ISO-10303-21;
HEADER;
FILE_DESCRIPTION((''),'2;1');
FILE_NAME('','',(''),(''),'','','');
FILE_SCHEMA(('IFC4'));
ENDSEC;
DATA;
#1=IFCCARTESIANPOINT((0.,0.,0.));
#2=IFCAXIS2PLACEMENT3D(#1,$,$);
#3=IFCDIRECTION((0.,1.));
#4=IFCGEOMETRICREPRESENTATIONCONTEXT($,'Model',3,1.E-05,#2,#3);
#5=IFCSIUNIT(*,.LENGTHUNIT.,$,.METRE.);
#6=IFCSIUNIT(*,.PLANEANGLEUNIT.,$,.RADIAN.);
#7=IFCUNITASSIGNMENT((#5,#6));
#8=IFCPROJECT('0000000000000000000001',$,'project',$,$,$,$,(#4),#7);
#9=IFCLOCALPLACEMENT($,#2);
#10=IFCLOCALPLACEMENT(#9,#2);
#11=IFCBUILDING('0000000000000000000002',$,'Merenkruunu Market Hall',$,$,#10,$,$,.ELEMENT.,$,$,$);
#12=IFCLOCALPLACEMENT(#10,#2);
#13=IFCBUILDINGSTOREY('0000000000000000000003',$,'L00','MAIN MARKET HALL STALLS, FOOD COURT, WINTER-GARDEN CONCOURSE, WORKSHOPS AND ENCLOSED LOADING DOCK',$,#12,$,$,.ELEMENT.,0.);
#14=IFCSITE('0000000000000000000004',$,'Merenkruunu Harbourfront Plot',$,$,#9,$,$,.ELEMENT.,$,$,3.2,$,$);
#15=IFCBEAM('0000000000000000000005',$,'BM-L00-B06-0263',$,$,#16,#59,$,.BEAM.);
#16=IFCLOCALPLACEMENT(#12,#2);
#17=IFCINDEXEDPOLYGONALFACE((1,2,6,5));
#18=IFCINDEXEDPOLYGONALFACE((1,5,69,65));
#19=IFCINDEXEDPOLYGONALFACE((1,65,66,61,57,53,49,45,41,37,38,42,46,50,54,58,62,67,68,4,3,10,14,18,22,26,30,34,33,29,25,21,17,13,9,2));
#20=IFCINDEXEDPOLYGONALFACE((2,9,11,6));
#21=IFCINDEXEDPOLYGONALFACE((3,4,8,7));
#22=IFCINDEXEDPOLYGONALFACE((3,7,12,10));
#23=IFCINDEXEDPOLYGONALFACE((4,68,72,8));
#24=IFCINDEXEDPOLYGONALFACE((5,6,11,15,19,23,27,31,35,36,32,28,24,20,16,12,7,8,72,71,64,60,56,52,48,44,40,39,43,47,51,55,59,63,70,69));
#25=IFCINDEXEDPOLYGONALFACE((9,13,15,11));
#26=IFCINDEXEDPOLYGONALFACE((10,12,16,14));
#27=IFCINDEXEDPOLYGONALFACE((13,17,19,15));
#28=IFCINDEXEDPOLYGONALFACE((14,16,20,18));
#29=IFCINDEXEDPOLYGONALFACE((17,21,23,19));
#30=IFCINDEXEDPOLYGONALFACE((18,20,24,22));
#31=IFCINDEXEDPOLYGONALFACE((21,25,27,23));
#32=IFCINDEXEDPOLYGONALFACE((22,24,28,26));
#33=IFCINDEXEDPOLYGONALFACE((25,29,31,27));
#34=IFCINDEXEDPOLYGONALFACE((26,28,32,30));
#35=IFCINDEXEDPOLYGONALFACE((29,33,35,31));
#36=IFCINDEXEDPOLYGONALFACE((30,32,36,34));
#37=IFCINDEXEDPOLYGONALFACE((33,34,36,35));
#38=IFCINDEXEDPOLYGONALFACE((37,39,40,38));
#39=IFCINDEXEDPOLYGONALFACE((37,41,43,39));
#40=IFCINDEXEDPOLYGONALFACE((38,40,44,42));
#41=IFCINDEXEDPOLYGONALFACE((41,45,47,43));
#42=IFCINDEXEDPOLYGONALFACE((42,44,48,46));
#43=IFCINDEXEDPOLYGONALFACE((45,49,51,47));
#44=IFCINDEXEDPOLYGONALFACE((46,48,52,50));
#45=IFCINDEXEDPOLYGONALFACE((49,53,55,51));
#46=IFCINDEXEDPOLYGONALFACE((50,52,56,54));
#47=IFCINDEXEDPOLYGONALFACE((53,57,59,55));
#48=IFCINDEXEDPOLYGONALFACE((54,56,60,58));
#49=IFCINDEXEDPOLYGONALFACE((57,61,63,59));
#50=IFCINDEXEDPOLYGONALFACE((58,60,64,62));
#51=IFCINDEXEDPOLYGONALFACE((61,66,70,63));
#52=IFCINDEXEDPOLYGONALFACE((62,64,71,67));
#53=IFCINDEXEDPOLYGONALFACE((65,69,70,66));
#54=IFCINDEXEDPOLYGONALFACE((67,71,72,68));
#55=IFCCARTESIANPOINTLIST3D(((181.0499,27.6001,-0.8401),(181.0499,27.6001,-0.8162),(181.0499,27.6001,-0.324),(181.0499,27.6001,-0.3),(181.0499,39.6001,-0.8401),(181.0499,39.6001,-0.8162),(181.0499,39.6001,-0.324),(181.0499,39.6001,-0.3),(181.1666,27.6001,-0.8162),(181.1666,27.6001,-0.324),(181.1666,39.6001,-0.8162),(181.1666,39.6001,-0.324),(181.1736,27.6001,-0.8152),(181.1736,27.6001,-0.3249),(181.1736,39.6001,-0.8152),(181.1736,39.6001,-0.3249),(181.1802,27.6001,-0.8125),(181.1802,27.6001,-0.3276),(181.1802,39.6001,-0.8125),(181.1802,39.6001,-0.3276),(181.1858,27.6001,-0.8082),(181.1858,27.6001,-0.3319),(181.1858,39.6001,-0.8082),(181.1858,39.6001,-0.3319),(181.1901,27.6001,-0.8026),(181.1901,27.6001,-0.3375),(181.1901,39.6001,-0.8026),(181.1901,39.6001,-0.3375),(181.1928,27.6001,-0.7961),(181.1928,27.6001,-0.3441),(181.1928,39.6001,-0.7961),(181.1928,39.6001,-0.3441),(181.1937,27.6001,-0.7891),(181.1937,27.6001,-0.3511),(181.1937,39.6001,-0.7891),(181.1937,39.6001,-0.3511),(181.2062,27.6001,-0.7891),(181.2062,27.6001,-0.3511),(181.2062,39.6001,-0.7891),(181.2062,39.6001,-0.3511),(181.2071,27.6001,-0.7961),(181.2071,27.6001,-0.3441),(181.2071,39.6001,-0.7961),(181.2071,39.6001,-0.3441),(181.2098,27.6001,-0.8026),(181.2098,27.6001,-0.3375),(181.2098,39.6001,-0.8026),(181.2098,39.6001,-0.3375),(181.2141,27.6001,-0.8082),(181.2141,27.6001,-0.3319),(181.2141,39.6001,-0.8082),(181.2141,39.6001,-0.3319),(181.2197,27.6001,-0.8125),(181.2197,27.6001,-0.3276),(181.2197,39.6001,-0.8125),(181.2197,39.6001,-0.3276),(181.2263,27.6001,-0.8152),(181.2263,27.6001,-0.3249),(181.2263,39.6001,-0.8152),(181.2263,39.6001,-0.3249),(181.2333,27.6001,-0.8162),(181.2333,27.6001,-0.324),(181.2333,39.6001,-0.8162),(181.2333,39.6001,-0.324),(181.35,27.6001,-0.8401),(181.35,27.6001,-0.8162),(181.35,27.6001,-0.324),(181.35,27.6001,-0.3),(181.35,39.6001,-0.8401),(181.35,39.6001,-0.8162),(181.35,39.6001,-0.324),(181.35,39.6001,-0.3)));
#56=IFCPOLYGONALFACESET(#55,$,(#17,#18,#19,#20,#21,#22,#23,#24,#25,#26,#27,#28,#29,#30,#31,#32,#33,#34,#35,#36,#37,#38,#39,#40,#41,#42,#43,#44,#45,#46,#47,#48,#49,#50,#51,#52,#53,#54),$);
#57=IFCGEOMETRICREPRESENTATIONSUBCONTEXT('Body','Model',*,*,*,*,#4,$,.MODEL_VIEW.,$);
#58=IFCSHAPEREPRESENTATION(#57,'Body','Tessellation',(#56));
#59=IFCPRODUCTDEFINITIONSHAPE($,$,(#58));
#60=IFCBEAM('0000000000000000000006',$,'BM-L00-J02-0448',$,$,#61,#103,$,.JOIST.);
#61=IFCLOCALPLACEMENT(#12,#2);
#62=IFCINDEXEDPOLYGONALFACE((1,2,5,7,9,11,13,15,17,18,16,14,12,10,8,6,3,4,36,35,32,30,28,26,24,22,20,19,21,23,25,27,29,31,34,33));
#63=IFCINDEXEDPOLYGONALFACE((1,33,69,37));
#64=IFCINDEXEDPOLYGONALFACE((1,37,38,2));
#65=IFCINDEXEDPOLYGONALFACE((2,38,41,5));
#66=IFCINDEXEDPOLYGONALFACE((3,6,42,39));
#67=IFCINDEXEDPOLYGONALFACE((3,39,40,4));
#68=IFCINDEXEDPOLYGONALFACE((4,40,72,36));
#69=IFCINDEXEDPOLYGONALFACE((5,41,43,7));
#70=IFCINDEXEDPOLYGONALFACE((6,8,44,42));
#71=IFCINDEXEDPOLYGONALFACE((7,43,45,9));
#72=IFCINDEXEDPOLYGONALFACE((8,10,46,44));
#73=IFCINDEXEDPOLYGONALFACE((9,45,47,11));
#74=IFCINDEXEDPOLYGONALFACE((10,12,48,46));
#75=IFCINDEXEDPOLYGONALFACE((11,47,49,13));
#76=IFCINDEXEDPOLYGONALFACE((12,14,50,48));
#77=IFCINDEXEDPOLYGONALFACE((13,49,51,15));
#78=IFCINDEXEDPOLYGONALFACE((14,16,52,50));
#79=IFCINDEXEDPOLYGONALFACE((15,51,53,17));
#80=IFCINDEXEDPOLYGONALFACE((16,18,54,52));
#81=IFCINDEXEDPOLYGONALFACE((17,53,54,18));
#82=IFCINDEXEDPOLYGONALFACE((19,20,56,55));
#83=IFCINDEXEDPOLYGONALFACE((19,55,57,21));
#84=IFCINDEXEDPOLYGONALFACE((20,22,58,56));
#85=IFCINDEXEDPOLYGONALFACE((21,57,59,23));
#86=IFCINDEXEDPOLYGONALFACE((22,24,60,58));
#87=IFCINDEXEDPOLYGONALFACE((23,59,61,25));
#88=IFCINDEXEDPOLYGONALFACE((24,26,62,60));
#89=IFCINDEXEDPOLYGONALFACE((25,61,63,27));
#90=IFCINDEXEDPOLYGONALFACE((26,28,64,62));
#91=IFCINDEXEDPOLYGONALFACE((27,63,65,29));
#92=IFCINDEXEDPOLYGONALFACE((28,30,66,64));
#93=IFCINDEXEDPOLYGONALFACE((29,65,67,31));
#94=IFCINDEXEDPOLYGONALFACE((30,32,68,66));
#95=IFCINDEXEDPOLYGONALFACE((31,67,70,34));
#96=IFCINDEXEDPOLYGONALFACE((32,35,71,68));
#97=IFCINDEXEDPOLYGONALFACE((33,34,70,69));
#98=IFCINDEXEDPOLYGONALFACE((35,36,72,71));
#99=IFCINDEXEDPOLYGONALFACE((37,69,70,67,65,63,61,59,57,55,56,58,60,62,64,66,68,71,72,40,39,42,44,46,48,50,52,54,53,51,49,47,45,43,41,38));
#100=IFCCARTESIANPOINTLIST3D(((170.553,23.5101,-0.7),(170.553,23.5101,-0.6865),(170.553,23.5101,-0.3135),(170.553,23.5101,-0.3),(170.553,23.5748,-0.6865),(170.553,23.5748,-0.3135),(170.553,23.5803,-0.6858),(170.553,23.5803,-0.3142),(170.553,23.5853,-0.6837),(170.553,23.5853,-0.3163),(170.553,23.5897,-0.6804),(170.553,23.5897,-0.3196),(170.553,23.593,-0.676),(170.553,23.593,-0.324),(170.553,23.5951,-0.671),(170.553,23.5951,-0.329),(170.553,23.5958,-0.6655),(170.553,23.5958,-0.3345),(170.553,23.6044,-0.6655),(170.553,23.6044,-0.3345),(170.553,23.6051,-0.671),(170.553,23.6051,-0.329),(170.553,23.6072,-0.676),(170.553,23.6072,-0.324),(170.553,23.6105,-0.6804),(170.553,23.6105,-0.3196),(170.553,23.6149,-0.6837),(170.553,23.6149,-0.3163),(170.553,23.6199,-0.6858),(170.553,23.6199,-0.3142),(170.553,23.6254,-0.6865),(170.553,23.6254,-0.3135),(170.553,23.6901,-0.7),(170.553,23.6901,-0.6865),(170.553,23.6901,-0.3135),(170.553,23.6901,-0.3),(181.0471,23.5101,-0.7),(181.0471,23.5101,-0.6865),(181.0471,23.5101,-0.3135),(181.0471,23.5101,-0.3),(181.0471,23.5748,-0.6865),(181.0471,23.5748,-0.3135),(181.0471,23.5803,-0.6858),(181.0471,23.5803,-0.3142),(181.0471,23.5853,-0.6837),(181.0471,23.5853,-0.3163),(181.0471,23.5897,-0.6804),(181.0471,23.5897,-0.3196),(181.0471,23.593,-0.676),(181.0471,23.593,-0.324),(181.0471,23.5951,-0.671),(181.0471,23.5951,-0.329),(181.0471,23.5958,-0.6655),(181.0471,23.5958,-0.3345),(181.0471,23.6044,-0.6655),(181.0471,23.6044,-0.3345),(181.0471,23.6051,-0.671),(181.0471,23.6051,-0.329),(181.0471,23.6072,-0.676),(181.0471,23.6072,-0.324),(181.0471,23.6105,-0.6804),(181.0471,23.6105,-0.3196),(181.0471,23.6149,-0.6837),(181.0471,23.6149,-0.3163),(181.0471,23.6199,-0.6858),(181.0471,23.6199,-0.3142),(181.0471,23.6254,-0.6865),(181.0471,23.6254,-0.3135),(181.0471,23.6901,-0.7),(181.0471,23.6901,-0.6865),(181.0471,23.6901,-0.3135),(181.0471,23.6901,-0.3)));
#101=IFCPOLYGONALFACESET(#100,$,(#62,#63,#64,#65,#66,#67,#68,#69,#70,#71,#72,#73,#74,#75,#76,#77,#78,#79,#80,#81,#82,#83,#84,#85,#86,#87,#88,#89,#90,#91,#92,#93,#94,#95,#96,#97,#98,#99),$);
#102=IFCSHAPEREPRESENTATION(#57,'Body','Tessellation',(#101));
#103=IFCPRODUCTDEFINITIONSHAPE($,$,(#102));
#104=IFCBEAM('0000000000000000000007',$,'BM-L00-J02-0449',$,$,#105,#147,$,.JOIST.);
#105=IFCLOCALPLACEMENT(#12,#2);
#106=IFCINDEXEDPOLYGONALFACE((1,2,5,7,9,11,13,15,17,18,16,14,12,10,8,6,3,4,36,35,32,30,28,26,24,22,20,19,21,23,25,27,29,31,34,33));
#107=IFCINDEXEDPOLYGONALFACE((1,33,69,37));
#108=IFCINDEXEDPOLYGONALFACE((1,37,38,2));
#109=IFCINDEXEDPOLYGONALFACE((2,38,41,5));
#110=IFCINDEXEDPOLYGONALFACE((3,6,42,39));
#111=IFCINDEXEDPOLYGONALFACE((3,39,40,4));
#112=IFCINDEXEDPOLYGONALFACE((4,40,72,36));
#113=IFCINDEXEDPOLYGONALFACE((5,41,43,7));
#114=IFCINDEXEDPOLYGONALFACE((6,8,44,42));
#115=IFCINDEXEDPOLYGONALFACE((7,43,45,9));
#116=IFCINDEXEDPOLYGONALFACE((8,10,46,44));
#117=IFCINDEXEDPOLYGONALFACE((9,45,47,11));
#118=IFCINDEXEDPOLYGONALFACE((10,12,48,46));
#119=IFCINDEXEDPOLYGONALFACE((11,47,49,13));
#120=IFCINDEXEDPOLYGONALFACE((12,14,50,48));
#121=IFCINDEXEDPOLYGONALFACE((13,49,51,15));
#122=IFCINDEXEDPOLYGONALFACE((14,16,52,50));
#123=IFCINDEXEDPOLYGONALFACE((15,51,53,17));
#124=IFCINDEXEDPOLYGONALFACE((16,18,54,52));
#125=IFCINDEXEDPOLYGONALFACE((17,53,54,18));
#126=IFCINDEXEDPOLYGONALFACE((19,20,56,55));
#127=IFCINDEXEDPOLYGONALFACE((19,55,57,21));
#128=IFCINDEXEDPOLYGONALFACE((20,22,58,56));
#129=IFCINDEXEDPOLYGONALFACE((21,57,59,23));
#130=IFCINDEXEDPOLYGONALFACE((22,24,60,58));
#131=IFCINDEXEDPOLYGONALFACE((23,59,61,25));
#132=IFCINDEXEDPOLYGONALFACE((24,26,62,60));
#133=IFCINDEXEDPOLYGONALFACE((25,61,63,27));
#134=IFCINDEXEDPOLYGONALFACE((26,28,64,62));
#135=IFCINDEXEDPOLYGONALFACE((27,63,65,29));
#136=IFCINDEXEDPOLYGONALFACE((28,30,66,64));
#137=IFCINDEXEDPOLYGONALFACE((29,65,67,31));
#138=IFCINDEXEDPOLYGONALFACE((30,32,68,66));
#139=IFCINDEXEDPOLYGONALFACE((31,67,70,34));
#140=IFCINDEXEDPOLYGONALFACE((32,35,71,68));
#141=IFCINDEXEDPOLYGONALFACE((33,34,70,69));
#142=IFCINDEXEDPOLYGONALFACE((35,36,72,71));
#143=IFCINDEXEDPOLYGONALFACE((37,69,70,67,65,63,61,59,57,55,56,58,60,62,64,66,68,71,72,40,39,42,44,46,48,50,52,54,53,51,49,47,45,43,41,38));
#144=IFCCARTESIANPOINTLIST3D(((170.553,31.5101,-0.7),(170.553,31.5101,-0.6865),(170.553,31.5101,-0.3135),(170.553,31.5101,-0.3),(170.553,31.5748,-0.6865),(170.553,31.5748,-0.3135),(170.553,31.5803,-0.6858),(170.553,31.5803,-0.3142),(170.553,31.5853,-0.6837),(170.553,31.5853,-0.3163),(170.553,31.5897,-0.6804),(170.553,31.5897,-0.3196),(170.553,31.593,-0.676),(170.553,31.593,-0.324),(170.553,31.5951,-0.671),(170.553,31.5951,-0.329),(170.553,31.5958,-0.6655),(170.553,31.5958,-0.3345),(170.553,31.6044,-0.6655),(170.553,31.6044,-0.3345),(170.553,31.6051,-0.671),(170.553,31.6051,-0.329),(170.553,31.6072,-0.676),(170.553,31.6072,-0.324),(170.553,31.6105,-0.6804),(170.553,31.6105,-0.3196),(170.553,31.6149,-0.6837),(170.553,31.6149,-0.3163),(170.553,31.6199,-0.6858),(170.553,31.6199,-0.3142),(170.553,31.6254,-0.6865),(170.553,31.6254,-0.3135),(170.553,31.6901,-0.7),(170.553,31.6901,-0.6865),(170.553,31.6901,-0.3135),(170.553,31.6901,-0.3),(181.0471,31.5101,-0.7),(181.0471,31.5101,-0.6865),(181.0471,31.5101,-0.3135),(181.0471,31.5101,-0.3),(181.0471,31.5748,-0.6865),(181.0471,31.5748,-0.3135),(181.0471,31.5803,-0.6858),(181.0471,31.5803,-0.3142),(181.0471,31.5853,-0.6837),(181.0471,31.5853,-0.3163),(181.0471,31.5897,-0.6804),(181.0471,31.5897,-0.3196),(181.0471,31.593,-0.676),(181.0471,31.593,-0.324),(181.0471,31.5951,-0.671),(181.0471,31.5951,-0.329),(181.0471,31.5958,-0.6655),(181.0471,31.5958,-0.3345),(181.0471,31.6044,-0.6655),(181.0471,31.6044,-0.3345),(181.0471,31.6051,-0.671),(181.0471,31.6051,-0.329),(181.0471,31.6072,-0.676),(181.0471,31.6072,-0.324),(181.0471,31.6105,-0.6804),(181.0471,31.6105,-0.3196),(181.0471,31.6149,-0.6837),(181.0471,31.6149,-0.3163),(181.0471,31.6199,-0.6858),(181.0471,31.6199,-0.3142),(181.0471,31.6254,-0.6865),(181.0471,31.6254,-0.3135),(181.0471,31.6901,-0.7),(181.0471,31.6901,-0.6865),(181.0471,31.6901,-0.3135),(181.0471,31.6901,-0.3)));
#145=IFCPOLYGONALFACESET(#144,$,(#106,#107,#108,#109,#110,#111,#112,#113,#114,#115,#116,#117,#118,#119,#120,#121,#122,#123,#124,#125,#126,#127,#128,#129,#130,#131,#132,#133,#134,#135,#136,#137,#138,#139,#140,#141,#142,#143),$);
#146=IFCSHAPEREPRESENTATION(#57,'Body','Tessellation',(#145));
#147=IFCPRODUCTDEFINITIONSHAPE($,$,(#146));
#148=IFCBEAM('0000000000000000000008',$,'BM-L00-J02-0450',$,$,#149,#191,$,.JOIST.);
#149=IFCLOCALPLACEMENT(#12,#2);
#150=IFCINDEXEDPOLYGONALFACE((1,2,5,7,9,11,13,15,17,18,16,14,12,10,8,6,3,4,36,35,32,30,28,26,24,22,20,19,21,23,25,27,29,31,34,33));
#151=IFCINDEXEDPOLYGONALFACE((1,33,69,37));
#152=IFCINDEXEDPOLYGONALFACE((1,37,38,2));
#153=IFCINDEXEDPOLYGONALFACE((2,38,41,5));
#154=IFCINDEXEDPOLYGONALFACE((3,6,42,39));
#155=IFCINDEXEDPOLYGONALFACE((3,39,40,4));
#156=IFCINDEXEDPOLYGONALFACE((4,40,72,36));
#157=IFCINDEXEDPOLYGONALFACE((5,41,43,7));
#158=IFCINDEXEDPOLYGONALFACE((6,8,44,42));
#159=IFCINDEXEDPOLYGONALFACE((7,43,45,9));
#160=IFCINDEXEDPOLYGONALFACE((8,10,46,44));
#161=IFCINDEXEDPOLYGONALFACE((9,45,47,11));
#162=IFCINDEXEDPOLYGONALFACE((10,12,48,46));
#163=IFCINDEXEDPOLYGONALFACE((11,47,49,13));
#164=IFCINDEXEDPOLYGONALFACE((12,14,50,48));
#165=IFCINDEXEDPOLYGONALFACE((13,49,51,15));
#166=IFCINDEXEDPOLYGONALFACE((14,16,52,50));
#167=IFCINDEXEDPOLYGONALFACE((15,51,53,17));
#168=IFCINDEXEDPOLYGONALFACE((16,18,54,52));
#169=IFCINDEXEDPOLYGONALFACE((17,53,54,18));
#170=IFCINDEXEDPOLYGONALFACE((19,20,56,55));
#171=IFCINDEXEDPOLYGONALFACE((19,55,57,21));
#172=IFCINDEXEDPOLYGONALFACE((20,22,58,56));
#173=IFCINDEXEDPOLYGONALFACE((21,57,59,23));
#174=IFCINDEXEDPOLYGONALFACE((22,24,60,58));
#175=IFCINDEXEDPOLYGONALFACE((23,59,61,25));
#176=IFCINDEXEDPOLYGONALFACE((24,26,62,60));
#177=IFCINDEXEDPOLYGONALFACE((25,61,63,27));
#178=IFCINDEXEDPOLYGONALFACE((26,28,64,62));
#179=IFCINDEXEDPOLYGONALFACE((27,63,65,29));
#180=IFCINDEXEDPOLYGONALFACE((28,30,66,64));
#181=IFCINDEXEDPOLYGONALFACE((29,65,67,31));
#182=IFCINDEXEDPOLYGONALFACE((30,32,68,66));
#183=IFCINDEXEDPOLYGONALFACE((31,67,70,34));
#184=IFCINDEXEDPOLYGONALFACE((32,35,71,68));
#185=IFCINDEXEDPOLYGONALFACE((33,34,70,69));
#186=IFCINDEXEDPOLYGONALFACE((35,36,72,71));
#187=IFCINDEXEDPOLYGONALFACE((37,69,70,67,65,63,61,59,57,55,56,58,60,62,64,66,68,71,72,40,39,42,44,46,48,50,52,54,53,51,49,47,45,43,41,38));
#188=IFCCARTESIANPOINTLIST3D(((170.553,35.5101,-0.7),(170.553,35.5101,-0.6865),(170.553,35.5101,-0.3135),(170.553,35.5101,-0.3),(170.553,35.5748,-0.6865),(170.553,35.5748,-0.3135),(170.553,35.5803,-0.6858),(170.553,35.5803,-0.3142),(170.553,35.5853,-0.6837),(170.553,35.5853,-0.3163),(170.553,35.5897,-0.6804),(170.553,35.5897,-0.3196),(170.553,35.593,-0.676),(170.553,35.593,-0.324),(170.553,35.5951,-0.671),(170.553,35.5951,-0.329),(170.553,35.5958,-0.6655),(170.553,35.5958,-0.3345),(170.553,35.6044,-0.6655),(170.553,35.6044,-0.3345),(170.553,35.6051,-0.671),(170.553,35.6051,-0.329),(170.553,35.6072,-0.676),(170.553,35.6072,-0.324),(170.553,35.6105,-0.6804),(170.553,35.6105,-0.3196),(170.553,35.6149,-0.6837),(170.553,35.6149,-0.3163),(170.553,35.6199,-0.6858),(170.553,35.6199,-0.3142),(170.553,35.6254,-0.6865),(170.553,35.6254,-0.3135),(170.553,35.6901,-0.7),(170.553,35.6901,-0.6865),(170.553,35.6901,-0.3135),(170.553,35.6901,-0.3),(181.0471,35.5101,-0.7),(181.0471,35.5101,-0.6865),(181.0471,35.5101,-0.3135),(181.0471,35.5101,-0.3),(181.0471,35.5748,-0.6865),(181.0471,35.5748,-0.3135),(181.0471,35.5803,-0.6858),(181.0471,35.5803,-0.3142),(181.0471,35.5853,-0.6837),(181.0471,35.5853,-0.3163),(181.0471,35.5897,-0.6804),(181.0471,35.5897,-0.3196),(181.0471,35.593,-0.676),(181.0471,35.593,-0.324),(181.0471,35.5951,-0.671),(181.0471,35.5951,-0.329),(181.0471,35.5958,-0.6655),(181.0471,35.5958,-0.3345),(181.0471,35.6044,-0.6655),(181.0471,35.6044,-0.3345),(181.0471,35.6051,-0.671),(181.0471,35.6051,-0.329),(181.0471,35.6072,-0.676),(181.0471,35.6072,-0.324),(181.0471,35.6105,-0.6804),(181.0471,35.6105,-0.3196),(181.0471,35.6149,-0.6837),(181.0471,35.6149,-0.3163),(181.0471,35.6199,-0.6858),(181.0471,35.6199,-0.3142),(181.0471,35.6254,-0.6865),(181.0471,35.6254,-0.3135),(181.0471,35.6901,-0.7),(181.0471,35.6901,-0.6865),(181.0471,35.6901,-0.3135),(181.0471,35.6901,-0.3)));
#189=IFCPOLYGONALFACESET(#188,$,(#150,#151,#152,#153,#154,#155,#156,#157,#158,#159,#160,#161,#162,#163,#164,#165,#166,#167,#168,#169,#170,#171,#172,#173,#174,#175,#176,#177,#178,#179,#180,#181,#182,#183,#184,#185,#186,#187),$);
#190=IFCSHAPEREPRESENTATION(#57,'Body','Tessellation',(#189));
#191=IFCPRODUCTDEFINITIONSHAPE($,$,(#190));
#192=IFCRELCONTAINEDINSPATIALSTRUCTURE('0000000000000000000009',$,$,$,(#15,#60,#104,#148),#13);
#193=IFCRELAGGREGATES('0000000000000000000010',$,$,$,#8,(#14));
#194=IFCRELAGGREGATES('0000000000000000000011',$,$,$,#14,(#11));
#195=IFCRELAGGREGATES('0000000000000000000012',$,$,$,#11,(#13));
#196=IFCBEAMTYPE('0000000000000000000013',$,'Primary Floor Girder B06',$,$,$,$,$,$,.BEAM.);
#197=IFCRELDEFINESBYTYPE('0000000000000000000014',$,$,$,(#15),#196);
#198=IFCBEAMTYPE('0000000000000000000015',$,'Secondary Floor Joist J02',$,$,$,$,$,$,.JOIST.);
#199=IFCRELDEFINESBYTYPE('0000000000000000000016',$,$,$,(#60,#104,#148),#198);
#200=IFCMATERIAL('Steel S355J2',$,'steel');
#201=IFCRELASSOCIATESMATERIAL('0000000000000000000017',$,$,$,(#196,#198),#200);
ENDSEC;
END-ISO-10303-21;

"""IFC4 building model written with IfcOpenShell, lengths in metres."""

from ifc_helpers import new_model, si_unit, direction, frame, origin, origin_2d, place, context, subcontext, project, spatial, i_section, extrude, material, material_profile, profile_set, type_object, element, save


model = new_model("IFC4")

# Units and contexts
model_context = context("Model", 3, precision=1e-05, world=origin(), true_north=direction((0.0, 1.0)))
body_context = subcontext(model_context, "Body", "Model", "MODEL_VIEW")
ifc_project = project(units=[si_unit("LENGTHUNIT", "METRE"), si_unit("PLANEANGLEUNIT", "RADIAN")], contexts=[model_context])

# Site, building, storey
site_placement = place(None, origin())
site = spatial("IfcSite", under=ifc_project, at=site_placement, Name="Merenkruunu Harbourfront Plot", CompositionType="ELEMENT", RefElevation=3.2)
building_placement = place(site_placement, origin())
building = spatial("IfcBuilding", under=site, at=building_placement, Name="Merenkruunu Market Hall", CompositionType="ELEMENT")
storey_placement = place(building_placement, origin())
storey = spatial("IfcBuildingStorey", under=building, at=storey_placement, Name="L00", Description="MAIN MARKET HALL STALLS, FOOD COURT, WINTER-GARDEN CONCOURSE, WORKSHOPS AND ENCLOSED LOADING DOCK", CompositionType="ELEMENT", Elevation=0.0)

# Beams
ifc_material_1 = material(Name="Steel S355J2", Category="steel")
ifc_material_profile_1 = material_profile(ifc_material_1, i_section(OverallWidth=0.3, OverallDepth=0.54, WebThickness=0.0125, FlangeThickness=0.0239, FilletRadius=0.0271, at=origin_2d()), Name="HEA 550")
ifc_profile_set_1 = profile_set([ifc_material_profile_1], Name="Steel S355J2")
beam_type_1 = type_object("IfcBeamType", Name="Primary Floor Girder B06", PredefinedType="BEAM", material=ifc_profile_set_1)
beam_1_placement = place(storey_placement, frame((181.2, 27.6001, -0.5701), z_axis=(0.0, 1.0, 0.0), x_axis=(-1.0, 0.0, 0.0)))
element("IfcBeam", 1, at=beam_1_placement, inside=storey, type_object=beam_type_1, Name="BM-L00-B06-0263", PredefinedType="BEAM", context=body_context, shape_type="SweptSolid", body=[
    extrude(i_section(OverallWidth=0.3, OverallDepth=0.54, WebThickness=0.0125, FlangeThickness=0.0239, FilletRadius=0.0271, at=origin_2d()), origin(), (0.0, 0.0, 1.0), 12.0),
])
ifc_material_profile_2 = material_profile(ifc_material_1, i_section(OverallWidth=0.1799, OverallDepth=0.3999, WebThickness=0.0085, FlangeThickness=0.0134, FilletRadius=0.021, at=origin_2d()), Name="IPE 400")
ifc_profile_set_2 = profile_set([ifc_material_profile_2], Name="Steel S355J2")
beam_type_2 = type_object("IfcBeamType", Name="Secondary Floor Joist J02", PredefinedType="JOIST", material=ifc_profile_set_2)
for number, where, z_axis, x_axis, name in (
    (2, (170.553, 23.6001, -0.5), (1.0, 0.0, 0.0), (0.0, 1.0, 0.0), "BM-L00-J02-0448"),
    (3, (170.553, 31.6001, -0.5), (1.0, 0.0, 0.0), (0.0, 1.0, 0.0), "BM-L00-J02-0449"),
    (4, (170.553, 35.6001, -0.5), (1.0, 0.0, 0.0), (0.0, 1.0, 0.0), "BM-L00-J02-0450"),
):
    element("IfcBeam", number, at=place(storey_placement, frame(where, z_axis=z_axis, x_axis=x_axis)), inside=storey, type_object=beam_type_2, Name=name, PredefinedType="JOIST", context=body_context, shape_type="SweptSolid", body=[
        extrude(i_section(OverallWidth=0.1799, OverallDepth=0.3999, WebThickness=0.0085, FlangeThickness=0.0134, FilletRadius=0.021, at=origin_2d()), origin(), (0.0, 0.0, 1.0), 10.4941),
    ])

save(model, "model.ifc")
